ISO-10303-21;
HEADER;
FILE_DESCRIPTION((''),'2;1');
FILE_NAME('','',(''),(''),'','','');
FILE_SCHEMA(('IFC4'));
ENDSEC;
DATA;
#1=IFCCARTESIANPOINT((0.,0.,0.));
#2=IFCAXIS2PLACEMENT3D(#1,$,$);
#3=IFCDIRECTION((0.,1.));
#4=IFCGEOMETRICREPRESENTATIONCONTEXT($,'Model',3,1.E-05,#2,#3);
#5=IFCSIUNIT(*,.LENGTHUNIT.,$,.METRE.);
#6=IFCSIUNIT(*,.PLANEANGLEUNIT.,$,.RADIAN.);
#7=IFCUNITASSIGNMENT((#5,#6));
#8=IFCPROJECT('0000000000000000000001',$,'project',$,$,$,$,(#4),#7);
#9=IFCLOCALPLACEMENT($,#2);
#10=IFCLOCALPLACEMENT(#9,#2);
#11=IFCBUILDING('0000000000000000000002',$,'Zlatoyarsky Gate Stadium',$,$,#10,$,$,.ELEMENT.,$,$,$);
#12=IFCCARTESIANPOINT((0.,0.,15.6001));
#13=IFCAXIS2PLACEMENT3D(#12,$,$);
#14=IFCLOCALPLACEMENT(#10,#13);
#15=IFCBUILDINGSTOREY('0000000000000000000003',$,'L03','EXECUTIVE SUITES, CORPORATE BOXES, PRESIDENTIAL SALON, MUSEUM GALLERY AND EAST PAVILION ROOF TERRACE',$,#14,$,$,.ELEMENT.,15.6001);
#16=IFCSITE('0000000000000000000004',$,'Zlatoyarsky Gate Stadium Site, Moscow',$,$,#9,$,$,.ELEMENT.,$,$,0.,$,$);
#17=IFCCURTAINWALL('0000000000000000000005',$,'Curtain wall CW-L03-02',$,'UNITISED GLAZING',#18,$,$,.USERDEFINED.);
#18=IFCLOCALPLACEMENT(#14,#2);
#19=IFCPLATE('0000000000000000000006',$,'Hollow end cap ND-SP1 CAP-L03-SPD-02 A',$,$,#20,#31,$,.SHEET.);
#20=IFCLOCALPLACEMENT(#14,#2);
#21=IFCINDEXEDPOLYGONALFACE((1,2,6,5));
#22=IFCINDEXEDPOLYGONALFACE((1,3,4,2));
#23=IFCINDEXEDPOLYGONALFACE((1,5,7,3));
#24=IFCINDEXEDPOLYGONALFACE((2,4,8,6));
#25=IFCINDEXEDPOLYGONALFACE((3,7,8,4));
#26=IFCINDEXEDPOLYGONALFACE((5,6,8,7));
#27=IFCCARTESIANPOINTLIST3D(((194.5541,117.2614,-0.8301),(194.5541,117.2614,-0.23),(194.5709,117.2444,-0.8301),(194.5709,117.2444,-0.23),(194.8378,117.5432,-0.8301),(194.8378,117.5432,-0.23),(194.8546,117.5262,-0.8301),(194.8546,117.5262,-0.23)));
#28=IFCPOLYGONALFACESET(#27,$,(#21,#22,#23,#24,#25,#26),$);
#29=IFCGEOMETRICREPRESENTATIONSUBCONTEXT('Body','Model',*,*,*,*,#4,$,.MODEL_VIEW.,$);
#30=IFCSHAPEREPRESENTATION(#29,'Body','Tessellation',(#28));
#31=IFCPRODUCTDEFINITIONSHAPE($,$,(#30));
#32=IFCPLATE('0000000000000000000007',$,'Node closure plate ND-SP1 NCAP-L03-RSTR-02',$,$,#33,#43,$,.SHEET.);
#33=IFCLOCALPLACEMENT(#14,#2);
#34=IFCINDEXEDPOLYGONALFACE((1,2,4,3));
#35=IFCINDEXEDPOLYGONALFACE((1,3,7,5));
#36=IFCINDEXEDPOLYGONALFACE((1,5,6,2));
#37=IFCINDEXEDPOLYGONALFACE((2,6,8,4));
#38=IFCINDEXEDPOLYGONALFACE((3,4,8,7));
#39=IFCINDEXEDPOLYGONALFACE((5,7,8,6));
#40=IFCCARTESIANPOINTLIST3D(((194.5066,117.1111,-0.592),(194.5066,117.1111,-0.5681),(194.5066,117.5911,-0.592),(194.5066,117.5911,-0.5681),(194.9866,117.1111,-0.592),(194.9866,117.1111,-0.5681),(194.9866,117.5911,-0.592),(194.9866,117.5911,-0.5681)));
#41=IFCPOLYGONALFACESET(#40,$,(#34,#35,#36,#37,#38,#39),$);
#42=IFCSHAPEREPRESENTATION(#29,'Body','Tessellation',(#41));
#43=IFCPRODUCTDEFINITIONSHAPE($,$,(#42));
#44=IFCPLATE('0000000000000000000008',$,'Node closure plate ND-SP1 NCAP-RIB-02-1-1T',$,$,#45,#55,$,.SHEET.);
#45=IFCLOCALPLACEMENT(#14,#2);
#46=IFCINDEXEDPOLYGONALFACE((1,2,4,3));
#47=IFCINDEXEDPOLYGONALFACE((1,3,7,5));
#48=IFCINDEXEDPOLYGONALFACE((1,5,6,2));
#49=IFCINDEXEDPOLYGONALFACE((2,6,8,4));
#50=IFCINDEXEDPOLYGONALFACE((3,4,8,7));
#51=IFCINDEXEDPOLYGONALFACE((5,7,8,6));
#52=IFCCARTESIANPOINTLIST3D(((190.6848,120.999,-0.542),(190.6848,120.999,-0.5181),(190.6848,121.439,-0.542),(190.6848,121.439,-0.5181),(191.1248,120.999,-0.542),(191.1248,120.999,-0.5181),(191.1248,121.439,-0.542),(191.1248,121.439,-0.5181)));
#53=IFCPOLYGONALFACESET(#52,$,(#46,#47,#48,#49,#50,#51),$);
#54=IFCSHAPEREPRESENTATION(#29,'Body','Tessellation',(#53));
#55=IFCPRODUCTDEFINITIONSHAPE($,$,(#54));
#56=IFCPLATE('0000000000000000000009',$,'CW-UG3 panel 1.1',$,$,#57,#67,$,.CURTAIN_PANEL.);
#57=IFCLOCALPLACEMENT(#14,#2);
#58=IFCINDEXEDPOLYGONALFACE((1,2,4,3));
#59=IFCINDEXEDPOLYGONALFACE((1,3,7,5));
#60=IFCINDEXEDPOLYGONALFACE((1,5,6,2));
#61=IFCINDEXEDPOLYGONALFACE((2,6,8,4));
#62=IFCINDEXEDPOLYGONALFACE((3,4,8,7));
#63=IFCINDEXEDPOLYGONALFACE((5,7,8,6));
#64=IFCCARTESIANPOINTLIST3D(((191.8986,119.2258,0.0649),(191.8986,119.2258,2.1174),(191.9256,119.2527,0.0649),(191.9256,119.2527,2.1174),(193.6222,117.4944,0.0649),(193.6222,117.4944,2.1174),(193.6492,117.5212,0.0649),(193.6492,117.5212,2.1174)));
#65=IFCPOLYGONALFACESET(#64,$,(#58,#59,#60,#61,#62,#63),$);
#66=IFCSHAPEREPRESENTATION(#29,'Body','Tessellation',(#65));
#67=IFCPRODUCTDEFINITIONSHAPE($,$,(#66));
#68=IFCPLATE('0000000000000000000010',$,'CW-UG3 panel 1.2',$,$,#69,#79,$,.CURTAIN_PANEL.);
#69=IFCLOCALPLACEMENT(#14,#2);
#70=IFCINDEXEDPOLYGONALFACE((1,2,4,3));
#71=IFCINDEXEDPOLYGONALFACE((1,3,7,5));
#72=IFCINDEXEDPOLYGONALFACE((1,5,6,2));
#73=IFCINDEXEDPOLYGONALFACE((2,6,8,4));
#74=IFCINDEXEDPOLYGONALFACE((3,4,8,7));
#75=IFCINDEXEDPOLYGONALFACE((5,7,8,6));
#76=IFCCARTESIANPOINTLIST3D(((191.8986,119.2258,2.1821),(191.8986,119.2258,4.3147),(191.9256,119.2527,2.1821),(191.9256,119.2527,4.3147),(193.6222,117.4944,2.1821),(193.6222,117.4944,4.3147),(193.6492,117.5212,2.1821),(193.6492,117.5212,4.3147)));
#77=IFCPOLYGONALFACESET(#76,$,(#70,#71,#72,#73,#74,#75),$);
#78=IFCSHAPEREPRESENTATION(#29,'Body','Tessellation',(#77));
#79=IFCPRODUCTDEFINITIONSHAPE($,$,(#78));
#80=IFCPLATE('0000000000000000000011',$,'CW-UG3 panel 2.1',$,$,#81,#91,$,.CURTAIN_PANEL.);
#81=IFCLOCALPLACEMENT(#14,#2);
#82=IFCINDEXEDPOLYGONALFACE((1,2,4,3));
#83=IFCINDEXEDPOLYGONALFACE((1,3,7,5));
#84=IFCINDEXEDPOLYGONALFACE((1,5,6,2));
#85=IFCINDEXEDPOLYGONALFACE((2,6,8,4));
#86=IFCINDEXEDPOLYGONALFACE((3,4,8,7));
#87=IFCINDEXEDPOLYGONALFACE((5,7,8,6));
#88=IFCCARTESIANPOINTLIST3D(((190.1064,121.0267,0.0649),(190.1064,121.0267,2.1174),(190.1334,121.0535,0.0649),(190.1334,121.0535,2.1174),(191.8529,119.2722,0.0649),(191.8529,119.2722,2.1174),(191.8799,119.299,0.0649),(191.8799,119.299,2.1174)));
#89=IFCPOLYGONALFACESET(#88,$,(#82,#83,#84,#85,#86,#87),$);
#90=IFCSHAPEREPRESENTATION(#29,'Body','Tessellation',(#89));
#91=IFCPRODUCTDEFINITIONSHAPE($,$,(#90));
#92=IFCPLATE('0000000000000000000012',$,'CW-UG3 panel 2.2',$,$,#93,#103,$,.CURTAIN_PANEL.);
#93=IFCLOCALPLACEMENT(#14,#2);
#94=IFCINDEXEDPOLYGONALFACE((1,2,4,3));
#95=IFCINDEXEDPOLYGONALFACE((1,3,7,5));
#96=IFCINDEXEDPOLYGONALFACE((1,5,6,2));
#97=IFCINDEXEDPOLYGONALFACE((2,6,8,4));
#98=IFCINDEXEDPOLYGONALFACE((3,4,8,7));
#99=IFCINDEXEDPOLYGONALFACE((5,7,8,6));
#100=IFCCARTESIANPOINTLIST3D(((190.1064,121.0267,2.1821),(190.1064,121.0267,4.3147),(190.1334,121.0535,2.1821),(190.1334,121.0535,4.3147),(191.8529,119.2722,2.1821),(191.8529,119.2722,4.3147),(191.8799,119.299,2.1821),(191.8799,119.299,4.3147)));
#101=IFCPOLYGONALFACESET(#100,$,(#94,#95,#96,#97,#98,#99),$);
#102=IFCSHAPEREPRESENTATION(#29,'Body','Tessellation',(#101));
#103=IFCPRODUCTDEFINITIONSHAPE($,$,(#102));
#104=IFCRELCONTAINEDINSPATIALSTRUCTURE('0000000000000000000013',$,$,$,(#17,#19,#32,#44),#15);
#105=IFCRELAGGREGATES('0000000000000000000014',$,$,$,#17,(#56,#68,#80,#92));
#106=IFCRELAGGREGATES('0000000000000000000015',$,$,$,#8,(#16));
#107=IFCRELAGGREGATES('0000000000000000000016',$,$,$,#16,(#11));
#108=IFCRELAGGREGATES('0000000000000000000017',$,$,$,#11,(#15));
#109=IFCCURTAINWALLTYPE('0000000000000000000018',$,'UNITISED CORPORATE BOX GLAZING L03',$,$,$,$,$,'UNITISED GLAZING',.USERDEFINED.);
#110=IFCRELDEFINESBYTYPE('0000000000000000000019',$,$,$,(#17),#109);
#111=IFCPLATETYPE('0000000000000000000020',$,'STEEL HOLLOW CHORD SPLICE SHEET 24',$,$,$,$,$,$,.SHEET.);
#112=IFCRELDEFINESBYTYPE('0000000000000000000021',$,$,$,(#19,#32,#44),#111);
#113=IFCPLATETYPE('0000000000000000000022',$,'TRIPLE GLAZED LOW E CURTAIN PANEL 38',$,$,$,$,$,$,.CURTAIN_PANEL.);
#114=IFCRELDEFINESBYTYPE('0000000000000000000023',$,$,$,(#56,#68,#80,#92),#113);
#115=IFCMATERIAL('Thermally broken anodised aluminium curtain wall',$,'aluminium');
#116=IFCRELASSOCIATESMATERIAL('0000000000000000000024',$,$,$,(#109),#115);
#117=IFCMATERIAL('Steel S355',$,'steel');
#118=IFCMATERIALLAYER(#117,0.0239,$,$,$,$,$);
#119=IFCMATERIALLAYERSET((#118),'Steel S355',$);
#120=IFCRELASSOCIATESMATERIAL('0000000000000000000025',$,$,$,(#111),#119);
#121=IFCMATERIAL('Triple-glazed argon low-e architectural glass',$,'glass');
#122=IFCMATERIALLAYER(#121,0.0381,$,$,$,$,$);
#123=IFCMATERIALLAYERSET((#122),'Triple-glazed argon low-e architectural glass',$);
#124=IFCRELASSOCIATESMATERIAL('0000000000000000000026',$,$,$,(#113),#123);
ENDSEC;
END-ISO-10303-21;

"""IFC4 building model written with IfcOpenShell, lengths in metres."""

from ifc_helpers import new_model, si_unit, direction, frame, origin, origin_2d, place, context, subcontext, project, spatial, rectangle, extrude, material, layer, layer_set, type_object, element, aggregate, save


model = new_model("IFC4")

# Units and contexts
model_context = context("Model", 3, precision=1e-05, world=origin(), true_north=direction((0.0, 1.0)))
body_context = subcontext(model_context, "Body", "Model", "MODEL_VIEW")
ifc_project = project(units=[si_unit("LENGTHUNIT", "METRE"), si_unit("PLANEANGLEUNIT", "RADIAN")], contexts=[model_context])

# Site, building, storey
site_placement = place(None, origin())
site = spatial("IfcSite", under=ifc_project, at=site_placement, Name="Zlatoyarsky Gate Stadium Site, Moscow", CompositionType="ELEMENT", RefElevation=0.0)
building_placement = place(site_placement, origin())
building = spatial("IfcBuilding", under=site, at=building_placement, Name="Zlatoyarsky Gate Stadium", CompositionType="ELEMENT")
storey_placement = place(building_placement, frame((0.0, 0.0, 15.6001)))
storey = spatial("IfcBuildingStorey", under=building, at=storey_placement, Name="L03", Description="EXECUTIVE SUITES, CORPORATE BOXES, PRESIDENTIAL SALON, MUSEUM GALLERY AND EAST PAVILION ROOF TERRACE", CompositionType="ELEMENT", Elevation=15.6001)

# Shared definitions
ifc_material_1 = material(Name="Steel S355", Category="steel")

# Curtain wall
ifc_material_2 = material(Name="Thermally broken anodised aluminium curtain wall", Category="aluminium")
curtain_wall_type = type_object("IfcCurtainWallType", Name="UNITISED CORPORATE BOX GLAZING L03", ElementType="UNITISED GLAZING", PredefinedType="USERDEFINED", material=ifc_material_2)
curtain_wall_placement = place(storey_placement, origin())
curtain_wall = element("IfcCurtainWall", 1, at=curtain_wall_placement, inside=storey, type_object=curtain_wall_type, Name="Curtain wall CW-L03-02", ObjectType="UNITISED GLAZING", PredefinedType="USERDEFINED")

# Plates
ifc_layer_1 = layer(ifc_material_1, 0.0239)
ifc_layer_set_1 = layer_set([ifc_layer_1], Name="Steel S355")
plate_type_1 = type_object("IfcPlateType", Name="STEEL HOLLOW CHORD SPLICE SHEET 24", PredefinedType="SHEET", material=ifc_layer_set_1)
for number, where, z_axis, x_axis, name in (
    (2, (194.7043, 117.3938, -0.8301), (0.0, 0.0, 1.0), (-0.70473, 0.709476, 0.0), "Hollow end cap ND-SP1 CAP-L03-SPD-02 A"),
):
    element("IfcPlate", number, at=place(storey_placement, frame(where, z_axis=z_axis, x_axis=x_axis)), inside=storey, type_object=plate_type_1, Name=name, PredefinedType="SHEET", context=body_context, shape_type="SweptSolid", body=[
        extrude(rectangle(XDim=0.0239, YDim=0.3999, at=origin_2d()), origin(), (0.0, 0.0, 1.0), 0.6001),
    ])
plate_1_placement = place(storey_placement, frame((194.7466, 117.3511, -0.592), z_axis=(0.0, 0.0, 1.0), x_axis=(1.0, 0.0, 0.0)))
element("IfcPlate", 3, at=plate_1_placement, inside=storey, type_object=plate_type_1, Name="Node closure plate ND-SP1 NCAP-L03-RSTR-02", PredefinedType="SHEET", context=body_context, shape_type="SweptSolid", body=[
    extrude(rectangle(XDim=0.48, YDim=0.48, at=origin_2d()), origin(), (0.0, 0.0, 1.0), 0.0239),
])
plate_2_placement = place(storey_placement, frame((190.9048, 121.219, -0.542), z_axis=(0.0, 0.0, 1.0), x_axis=(1.0, 0.0, 0.0)))
element("IfcPlate", 4, at=plate_2_placement, inside=storey, type_object=plate_type_1, Name="Node closure plate ND-SP1 NCAP-RIB-02-1-1T", PredefinedType="SHEET", context=body_context, shape_type="SweptSolid", body=[
    extrude(rectangle(XDim=0.4399, YDim=0.4399, at=origin_2d()), origin(), (0.0, 0.0, 1.0), 0.0239),
])

# Plates
ifc_material_3 = material(Name="Triple-glazed argon low-e architectural glass", Category="glass")
ifc_layer_2 = layer(ifc_material_3, 0.0381)
ifc_layer_set_2 = layer_set([ifc_layer_2], Name="Triple-glazed argon low-e architectural glass")
plate_type_2 = type_object("IfcPlateType", Name="TRIPLE GLAZED LOW E CURTAIN PANEL 38", PredefinedType="CURTAIN_PANEL", material=ifc_layer_set_2)
plate_3_placement = place(storey_placement, frame((192.7739, 118.3735, 0.0649), z_axis=(0.0, 0.0, 1.0), x_axis=(-0.705489, 0.708721, 0.0)))
plate_3 = element("IfcPlate", 5, at=plate_3_placement, type_object=plate_type_2, Name="CW-UG3 panel 1.1", PredefinedType="CURTAIN_PANEL", context=body_context, shape_type="SweptSolid", body=[
    extrude(rectangle(XDim=2.4431, YDim=0.0381, at=origin_2d()), origin(), (0.0, 0.0, 1.0), 2.0525),
])
plate_4_placement = place(storey_placement, frame((192.7739, 118.3735, 2.1821), z_axis=(0.0, 0.0, 1.0), x_axis=(-0.705489, 0.708721, 0.0)))
plate_4 = element("IfcPlate", 6, at=plate_4_placement, type_object=plate_type_2, Name="CW-UG3 panel 1.2", PredefinedType="CURTAIN_PANEL", context=body_context, shape_type="SweptSolid", body=[
    extrude(rectangle(XDim=2.4431, YDim=0.0381, at=origin_2d()), origin(), (0.0, 0.0, 1.0), 2.1326),
])
plate_5_placement = place(storey_placement, frame((190.9932, 120.1628, 0.0649), z_axis=(0.0, 0.0, 1.0), x_axis=(-0.705489, 0.708721, 0.0)))
plate_5 = element("IfcPlate", 7, at=plate_5_placement, type_object=plate_type_2, Name="CW-UG3 panel 2.1", PredefinedType="CURTAIN_PANEL", context=body_context, shape_type="SweptSolid", body=[
    extrude(rectangle(XDim=2.4756, YDim=0.0381, at=origin_2d()), origin(), (0.0, 0.0, 1.0), 2.0525),
])
plate_6_placement = place(storey_placement, frame((190.9932, 120.1628, 2.1821), z_axis=(0.0, 0.0, 1.0), x_axis=(-0.705489, 0.708721, 0.0)))
plate_6 = element("IfcPlate", 8, at=plate_6_placement, type_object=plate_type_2, Name="CW-UG3 panel 2.2", PredefinedType="CURTAIN_PANEL", context=body_context, shape_type="SweptSolid", body=[
    extrude(rectangle(XDim=2.4756, YDim=0.0381, at=origin_2d()), origin(), (0.0, 0.0, 1.0), 2.1326),
])
aggregate(curtain_wall, [plate_3, plate_4, plate_5, plate_6])

save(model, "model.ifc")
